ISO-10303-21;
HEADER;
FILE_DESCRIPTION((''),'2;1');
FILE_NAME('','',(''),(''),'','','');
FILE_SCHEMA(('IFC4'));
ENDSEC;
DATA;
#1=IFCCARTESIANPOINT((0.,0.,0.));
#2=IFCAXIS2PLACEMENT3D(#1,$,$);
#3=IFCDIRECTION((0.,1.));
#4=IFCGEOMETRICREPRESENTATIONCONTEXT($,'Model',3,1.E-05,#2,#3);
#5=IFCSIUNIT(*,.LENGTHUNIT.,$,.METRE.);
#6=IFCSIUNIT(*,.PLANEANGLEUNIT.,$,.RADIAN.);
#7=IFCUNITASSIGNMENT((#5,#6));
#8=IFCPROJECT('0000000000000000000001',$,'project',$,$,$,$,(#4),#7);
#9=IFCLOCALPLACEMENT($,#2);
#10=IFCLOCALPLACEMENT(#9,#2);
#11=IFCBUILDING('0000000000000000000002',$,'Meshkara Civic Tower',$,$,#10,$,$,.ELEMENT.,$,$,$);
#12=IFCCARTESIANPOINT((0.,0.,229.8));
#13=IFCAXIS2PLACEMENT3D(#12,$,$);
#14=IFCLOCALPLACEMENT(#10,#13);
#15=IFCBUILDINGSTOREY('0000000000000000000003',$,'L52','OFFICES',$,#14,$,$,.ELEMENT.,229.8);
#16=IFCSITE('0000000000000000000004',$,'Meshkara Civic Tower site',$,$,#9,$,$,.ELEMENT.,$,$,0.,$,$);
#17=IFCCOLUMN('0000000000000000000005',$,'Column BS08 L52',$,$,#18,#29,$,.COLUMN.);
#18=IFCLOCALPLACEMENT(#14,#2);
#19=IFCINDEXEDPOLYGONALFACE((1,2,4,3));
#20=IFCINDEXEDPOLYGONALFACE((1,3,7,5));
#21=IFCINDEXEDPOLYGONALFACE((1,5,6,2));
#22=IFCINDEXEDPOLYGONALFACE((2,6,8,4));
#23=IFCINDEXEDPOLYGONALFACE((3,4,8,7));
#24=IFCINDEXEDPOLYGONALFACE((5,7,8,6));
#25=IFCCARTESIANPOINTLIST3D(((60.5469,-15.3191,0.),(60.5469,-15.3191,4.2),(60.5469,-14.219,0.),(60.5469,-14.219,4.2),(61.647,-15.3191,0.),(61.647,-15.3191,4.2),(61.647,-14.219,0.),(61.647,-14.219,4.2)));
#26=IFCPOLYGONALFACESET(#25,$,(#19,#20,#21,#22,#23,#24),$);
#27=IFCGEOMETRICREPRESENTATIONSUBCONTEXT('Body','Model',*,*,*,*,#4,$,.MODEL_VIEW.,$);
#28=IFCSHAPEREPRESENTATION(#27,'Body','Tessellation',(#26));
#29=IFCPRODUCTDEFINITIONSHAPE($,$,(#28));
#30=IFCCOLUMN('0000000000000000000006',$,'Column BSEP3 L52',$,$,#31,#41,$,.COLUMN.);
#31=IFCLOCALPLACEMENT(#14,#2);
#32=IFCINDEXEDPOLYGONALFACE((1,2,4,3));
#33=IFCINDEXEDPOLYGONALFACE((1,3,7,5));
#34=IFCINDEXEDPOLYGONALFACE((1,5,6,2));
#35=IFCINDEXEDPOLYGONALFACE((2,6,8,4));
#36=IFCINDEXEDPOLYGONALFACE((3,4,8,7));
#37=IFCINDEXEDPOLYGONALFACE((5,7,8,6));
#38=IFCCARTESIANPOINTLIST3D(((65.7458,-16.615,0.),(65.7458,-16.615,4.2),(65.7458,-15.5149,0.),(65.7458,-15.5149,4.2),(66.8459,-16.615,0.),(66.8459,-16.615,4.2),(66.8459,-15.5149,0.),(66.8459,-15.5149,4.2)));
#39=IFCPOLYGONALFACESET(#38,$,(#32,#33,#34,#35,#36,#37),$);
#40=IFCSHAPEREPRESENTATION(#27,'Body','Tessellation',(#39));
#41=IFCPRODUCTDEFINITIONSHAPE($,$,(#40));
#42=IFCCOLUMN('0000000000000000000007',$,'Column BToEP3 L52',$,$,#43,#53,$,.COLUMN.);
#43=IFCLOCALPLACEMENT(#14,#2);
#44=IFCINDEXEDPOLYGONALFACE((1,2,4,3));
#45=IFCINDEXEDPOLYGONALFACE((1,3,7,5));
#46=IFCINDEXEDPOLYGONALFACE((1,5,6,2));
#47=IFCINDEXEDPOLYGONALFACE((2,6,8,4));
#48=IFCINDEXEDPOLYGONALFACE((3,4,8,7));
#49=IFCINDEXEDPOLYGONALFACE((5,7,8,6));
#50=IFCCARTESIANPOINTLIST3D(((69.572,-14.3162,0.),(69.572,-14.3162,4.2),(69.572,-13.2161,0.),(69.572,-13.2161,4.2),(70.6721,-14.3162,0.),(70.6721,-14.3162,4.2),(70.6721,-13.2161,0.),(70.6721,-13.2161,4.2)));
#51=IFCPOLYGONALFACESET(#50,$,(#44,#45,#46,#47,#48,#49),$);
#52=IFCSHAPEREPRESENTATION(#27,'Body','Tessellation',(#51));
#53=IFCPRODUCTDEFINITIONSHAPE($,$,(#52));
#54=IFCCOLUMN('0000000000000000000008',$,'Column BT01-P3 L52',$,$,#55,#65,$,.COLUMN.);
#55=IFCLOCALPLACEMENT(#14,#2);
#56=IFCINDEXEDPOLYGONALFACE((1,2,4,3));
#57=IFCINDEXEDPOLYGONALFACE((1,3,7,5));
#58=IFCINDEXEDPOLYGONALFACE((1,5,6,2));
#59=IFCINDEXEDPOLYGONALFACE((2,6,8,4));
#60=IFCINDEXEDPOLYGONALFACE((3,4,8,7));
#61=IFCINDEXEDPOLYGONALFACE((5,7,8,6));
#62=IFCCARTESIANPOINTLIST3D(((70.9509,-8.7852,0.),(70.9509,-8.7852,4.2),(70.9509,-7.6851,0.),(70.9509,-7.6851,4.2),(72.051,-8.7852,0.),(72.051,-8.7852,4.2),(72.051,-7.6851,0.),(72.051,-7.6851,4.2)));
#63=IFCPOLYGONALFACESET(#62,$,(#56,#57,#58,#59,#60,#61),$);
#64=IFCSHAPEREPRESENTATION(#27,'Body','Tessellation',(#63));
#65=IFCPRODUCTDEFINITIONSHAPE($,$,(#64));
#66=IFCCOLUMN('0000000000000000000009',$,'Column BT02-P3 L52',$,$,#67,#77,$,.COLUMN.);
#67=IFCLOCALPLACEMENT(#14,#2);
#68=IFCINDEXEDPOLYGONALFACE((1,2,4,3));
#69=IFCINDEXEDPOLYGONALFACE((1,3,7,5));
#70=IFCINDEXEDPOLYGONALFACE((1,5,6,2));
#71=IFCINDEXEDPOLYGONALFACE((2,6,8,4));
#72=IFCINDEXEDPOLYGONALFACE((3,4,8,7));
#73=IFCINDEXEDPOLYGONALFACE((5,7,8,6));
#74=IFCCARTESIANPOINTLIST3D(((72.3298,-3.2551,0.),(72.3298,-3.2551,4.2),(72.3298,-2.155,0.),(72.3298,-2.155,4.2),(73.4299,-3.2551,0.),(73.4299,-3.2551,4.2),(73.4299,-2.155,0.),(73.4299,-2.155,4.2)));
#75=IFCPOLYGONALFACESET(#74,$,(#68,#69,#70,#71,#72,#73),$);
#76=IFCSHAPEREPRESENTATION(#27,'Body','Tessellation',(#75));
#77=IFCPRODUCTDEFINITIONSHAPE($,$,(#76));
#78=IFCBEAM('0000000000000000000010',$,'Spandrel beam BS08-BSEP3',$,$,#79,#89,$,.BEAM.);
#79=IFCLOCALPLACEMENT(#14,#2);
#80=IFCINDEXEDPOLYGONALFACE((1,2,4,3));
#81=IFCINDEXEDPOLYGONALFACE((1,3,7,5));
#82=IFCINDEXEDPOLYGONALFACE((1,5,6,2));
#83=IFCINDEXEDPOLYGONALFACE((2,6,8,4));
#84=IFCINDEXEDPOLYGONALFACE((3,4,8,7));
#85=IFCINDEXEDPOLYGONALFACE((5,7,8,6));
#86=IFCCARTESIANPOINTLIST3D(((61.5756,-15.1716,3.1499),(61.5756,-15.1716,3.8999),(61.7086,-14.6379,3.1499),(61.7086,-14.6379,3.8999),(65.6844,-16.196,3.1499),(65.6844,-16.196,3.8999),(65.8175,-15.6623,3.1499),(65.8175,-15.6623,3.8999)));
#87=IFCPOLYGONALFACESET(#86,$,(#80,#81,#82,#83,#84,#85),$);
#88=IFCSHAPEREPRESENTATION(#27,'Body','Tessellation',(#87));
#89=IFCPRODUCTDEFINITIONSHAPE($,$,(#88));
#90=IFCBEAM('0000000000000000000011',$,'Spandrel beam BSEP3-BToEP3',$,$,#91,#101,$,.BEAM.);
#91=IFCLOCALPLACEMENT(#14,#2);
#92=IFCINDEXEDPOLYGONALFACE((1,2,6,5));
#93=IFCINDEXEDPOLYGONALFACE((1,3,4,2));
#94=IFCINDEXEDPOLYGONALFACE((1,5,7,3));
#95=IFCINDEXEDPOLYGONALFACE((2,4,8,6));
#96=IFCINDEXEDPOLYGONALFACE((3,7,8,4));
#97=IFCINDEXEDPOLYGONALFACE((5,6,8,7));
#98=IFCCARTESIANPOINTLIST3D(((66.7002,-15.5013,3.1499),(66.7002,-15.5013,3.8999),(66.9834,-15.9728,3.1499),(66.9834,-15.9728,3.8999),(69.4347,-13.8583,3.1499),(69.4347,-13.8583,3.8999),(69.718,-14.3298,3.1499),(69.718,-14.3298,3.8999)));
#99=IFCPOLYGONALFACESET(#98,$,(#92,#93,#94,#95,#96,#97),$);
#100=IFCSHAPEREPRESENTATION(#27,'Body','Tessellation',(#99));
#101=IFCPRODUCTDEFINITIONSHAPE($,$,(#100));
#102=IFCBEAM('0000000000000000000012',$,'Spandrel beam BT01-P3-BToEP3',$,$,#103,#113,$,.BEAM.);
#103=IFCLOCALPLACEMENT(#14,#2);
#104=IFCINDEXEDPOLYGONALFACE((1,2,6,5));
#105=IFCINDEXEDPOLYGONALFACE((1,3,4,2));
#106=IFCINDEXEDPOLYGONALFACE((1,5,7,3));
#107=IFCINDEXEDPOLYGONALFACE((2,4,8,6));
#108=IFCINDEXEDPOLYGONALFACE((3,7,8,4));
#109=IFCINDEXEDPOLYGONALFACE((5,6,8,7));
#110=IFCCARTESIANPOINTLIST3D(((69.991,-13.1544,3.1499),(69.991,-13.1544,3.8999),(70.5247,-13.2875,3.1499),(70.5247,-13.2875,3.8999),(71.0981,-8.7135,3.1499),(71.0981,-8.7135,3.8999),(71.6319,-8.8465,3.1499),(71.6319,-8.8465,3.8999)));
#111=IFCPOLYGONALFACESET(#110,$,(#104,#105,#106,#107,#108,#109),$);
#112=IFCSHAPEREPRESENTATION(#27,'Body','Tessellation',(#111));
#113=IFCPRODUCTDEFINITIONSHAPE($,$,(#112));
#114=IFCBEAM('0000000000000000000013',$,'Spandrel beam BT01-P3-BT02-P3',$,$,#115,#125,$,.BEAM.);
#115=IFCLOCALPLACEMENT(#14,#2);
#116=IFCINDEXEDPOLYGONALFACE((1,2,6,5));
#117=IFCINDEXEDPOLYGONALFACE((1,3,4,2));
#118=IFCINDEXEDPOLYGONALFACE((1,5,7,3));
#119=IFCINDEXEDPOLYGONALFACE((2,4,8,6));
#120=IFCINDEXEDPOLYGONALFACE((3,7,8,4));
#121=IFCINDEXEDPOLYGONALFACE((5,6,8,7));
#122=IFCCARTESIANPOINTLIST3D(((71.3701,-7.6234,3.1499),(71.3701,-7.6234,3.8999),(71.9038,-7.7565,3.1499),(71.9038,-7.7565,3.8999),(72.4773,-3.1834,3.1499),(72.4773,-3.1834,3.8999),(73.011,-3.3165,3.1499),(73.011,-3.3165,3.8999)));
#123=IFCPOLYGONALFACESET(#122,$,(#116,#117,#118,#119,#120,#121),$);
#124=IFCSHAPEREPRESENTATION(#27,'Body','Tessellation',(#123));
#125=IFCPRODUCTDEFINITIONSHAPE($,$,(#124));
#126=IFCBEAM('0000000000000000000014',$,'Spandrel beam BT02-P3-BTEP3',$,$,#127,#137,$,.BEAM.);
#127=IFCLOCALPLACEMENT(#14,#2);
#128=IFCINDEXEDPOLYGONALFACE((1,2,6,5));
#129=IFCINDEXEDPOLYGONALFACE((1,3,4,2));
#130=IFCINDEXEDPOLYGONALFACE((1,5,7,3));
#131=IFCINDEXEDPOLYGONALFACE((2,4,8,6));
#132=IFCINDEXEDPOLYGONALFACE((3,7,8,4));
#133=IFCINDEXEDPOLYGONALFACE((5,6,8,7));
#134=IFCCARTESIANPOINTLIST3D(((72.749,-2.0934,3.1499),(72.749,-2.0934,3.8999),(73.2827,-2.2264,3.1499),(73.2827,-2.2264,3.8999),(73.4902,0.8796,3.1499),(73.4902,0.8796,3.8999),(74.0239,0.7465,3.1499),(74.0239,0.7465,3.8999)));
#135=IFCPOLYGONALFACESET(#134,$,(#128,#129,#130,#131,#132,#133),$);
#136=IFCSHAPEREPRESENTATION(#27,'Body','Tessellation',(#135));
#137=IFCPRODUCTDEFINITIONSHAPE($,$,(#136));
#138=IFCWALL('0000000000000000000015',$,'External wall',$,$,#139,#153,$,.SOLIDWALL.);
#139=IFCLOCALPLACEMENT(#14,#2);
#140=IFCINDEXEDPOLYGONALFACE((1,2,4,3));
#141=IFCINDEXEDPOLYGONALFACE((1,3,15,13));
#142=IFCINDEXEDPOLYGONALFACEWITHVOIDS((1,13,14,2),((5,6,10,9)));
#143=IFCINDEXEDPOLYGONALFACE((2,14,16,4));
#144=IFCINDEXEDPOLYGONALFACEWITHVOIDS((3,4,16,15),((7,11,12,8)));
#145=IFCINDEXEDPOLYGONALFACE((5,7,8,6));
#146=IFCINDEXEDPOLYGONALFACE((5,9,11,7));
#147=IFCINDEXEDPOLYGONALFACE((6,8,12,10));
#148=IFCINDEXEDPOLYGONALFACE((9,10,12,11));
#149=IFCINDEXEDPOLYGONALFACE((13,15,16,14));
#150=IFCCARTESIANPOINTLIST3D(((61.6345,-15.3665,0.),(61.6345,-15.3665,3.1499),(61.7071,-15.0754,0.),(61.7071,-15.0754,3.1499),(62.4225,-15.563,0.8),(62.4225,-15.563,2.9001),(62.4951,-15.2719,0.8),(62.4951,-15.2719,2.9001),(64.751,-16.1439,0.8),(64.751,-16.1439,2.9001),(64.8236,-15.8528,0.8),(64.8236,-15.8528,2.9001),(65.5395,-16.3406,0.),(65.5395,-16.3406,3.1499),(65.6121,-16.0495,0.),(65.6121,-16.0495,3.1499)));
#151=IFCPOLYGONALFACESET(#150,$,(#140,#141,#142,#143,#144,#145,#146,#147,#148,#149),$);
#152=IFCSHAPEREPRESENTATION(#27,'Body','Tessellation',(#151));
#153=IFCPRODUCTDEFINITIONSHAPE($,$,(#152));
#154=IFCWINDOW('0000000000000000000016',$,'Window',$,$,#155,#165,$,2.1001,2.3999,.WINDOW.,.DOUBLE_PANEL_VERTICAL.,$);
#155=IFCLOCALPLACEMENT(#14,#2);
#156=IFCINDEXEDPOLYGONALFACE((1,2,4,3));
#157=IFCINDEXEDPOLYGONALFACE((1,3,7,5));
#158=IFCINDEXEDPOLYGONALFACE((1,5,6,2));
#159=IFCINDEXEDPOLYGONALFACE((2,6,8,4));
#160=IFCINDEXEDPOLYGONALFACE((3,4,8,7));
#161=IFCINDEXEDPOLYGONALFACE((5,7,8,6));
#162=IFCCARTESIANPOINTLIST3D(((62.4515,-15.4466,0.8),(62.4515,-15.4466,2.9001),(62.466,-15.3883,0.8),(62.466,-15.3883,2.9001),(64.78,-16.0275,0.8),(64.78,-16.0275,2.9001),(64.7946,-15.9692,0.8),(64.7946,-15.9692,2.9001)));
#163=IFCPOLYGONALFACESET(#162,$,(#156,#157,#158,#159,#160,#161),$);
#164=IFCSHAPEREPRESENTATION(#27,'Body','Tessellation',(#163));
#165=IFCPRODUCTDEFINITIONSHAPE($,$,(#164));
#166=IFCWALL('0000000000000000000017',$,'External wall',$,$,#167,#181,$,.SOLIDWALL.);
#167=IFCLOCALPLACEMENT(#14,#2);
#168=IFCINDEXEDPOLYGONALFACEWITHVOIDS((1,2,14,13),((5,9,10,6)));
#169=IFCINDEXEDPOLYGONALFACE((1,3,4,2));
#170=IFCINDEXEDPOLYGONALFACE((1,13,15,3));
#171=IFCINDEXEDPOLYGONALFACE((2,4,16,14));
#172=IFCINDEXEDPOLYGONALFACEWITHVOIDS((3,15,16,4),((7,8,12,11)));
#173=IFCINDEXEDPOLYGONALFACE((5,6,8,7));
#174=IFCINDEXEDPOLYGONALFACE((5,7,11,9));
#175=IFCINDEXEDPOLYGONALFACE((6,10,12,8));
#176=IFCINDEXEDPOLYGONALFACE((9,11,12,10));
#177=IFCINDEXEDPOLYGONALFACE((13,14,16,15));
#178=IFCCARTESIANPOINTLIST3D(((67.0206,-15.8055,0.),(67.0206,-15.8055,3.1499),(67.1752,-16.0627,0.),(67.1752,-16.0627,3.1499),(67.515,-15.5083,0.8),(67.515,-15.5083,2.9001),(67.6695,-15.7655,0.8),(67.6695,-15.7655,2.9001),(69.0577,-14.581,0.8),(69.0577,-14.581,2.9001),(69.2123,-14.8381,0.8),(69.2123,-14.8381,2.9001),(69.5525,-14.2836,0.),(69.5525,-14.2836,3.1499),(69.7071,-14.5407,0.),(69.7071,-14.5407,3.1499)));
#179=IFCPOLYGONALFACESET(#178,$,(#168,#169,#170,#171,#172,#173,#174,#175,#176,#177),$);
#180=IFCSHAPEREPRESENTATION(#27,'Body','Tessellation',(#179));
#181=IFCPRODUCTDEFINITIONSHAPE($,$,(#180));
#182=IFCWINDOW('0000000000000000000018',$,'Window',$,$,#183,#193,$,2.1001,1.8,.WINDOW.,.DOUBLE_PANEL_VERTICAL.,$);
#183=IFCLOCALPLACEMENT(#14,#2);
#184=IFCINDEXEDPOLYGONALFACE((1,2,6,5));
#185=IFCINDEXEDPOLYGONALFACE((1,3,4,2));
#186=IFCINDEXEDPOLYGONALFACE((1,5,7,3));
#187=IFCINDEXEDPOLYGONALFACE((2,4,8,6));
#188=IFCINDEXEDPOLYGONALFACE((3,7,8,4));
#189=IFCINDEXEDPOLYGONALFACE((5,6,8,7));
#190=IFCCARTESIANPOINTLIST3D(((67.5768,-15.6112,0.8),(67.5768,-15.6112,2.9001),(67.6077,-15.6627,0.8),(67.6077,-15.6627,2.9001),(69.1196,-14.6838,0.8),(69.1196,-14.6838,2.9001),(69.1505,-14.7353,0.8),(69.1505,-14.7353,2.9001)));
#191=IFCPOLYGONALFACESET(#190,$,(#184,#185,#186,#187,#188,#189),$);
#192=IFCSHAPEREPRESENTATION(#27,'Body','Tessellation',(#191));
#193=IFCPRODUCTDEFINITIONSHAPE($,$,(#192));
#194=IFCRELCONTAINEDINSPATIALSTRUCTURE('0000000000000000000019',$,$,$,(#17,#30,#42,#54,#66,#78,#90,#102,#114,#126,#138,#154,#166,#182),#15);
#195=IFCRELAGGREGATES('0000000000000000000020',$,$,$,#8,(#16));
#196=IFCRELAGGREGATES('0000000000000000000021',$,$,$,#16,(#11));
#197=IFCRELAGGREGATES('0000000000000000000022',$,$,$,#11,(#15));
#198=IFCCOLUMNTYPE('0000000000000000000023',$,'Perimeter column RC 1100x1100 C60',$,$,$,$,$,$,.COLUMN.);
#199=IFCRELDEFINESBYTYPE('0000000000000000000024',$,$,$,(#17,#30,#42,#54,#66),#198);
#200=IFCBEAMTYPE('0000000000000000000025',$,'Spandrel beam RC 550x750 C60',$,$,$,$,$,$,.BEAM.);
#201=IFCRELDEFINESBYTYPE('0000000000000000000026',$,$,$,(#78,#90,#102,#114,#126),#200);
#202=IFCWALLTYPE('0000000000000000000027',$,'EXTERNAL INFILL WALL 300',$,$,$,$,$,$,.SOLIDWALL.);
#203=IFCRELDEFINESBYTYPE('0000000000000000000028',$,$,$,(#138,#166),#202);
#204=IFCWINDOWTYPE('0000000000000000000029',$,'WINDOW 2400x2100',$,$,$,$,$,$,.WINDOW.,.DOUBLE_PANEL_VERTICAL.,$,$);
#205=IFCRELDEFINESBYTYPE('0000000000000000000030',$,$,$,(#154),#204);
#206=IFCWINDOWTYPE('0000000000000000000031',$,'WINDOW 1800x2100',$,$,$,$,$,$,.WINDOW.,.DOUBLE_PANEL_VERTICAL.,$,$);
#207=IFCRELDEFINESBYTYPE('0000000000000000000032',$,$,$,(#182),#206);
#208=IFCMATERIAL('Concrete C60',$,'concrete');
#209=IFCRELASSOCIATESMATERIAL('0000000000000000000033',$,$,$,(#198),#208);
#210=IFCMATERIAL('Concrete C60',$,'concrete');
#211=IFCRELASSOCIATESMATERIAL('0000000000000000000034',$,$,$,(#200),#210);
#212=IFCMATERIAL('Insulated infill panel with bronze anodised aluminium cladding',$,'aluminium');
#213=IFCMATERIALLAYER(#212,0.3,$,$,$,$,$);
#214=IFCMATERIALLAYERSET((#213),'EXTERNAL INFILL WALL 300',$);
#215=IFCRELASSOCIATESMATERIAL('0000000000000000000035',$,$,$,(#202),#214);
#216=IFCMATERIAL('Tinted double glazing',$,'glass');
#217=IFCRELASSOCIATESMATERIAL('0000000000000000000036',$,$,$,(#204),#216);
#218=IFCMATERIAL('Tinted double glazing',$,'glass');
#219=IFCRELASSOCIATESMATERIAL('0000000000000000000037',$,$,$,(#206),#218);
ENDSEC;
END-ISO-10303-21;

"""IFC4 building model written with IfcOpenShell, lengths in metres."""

from ifc_helpers import new_model, si_unit, direction, frame, frame_2d, origin, origin_2d, place, context, subcontext, project, spatial, rectangle, extrude, material, layer, layer_set, material_profile, profile_set, type_object, element, fill, save


model = new_model("IFC4")

# Units and contexts
model_context = context("Model", 3, precision=1e-05, world=origin(), true_north=direction((0.0, 1.0)))
body_context = subcontext(model_context, "Body", "Model", "MODEL_VIEW")
ifc_project = project(units=[si_unit("LENGTHUNIT", "METRE"), si_unit("PLANEANGLEUNIT", "RADIAN")], contexts=[model_context])

# Site, building, storey
site_placement = place(None, origin())
site = spatial("IfcSite", under=ifc_project, at=site_placement, Name="Meshkara Civic Tower site", CompositionType="ELEMENT", RefElevation=0.0)
building_placement = place(site_placement, origin())
building = spatial("IfcBuilding", under=site, at=building_placement, Name="Meshkara Civic Tower", CompositionType="ELEMENT")
storey_placement = place(building_placement, frame((0.0, 0.0, 229.8)))
storey = spatial("IfcBuildingStorey", under=building, at=storey_placement, Name="L52", Description="OFFICES", CompositionType="ELEMENT", Elevation=229.8)

# Columns
ifc_material_1 = material(Name="Concrete C60", Category="concrete")
ifc_material_profile_1 = material_profile(ifc_material_1, rectangle(XDim=1.1001, YDim=1.1001, at=origin_2d()))
ifc_profile_set_1 = profile_set([ifc_material_profile_1], Name="Concrete C60")
column_type = type_object("IfcColumnType", Name="Perimeter column RC 1100x1100 C60", PredefinedType="COLUMN", material=ifc_profile_set_1)
for number, where, z_axis, x_axis, name in (
    (1, (61.0969, -14.769, 0.0), (0.0, 0.0, 1.0), (1.0, 0.0, 0.0), "Column BS08 L52"),
    (2, (66.2959, -16.0649, 0.0), (0.0, 0.0, 1.0), (1.0, 0.0, 0.0), "Column BSEP3 L52"),
    (3, (70.1221, -13.7661, 0.0), (0.0, 0.0, 1.0), (1.0, 0.0, 0.0), "Column BToEP3 L52"),
    (4, (71.501, -8.2351, 0.0), (0.0, 0.0, 1.0), (1.0, 0.0, 0.0), "Column BT01-P3 L52"),
    (5, (72.8799, -2.7051, 0.0), (0.0, 0.0, 1.0), (1.0, 0.0, 0.0), "Column BT02-P3 L52"),
):
    element("IfcColumn", number, at=place(storey_placement, frame(where, z_axis=z_axis, x_axis=x_axis)), inside=storey, type_object=column_type, Name=name, PredefinedType="COLUMN", context=body_context, shape_type="SweptSolid", body=[
        extrude(rectangle(XDim=1.1001, YDim=1.1001, at=origin_2d()), origin(), (0.0, 0.0, 1.0), 4.2),
    ])

# Beams
ifc_material_2 = material(Name="Concrete C60", Category="concrete")
ifc_material_profile_2 = material_profile(ifc_material_2, rectangle(XDim=0.55, YDim=0.75, at=origin_2d()))
ifc_profile_set_2 = profile_set([ifc_material_profile_2], Name="Concrete C60")
beam_type = type_object("IfcBeamType", Name="Spandrel beam RC 550x750 C60", PredefinedType="BEAM", material=ifc_profile_set_2)
beam_1_placement = place(storey_placement, frame((61.6421, -14.9048, 3.5249), z_axis=(0.970298, -0.241912, 0.0), x_axis=(0.241912, 0.970298, 0.0)))
element("IfcBeam", 6, at=beam_1_placement, inside=storey, type_object=beam_type, Name="Spandrel beam BS08-BSEP3", PredefinedType="BEAM", context=body_context, shape_type="SweptSolid", body=[
    extrude(rectangle(XDim=0.55, YDim=0.75, at=origin_2d()), origin(), (0.0, 0.0, 1.0), 4.2346),
])
beam_2_placement = place(storey_placement, frame((66.8418, -15.7371, 3.5249), z_axis=(0.857175, 0.515025, 0.0), x_axis=(-0.515025, 0.857175, 0.0)))
element("IfcBeam", 7, at=beam_2_placement, inside=storey, type_object=beam_type, Name="Spandrel beam BSEP3-BToEP3", PredefinedType="BEAM", context=body_context, shape_type="SweptSolid", body=[
    extrude(rectangle(XDim=0.55, YDim=0.75, at=origin_2d()), origin(), (0.0, 0.0, 1.0), 3.1902),
])
beam_3_placement = place(storey_placement, frame((70.2578, -13.2209, 3.5249), z_axis=(0.241908, 0.970299, 0.0), x_axis=(-0.970299, 0.241908, 0.0)))
element("IfcBeam", 8, at=beam_3_placement, inside=storey, type_object=beam_type, Name="Spandrel beam BT01-P3-BToEP3", PredefinedType="BEAM", context=body_context, shape_type="SweptSolid", body=[
    extrude(rectangle(XDim=0.55, YDim=0.75, at=origin_2d()), origin(), (0.0, 0.0, 1.0), 4.5769),
])
beam_4_placement = place(storey_placement, frame((71.637, -7.6899, 3.5249), z_axis=(0.241958, 0.970287, 0.0), x_axis=(-0.970287, 0.241958, 0.0)))
element("IfcBeam", 9, at=beam_4_placement, inside=storey, type_object=beam_type, Name="Spandrel beam BT01-P3-BT02-P3", PredefinedType="BEAM", context=body_context, shape_type="SweptSolid", body=[
    extrude(rectangle(XDim=0.55, YDim=0.75, at=origin_2d()), origin(), (0.0, 0.0, 1.0), 4.5759),
])
beam_5_placement = place(storey_placement, frame((73.0159, -2.1599, 3.5249), z_axis=(0.241917, 0.970297, 0.0), x_axis=(-0.970297, 0.241917, 0.0)))
element("IfcBeam", 10, at=beam_5_placement, inside=storey, type_object=beam_type, Name="Spandrel beam BT02-P3-BTEP3", PredefinedType="BEAM", context=body_context, shape_type="SweptSolid", body=[
    extrude(rectangle(XDim=0.55, YDim=0.75, at=origin_2d()), origin(), (0.0, 0.0, 1.0), 3.064),
])

# Walls, openings, windows
ifc_material_3 = material(Name="Insulated infill panel with bronze anodised aluminium cladding", Category="aluminium")
ifc_layer_1 = layer(ifc_material_3, 0.3)
ifc_layer_set_1 = layer_set([ifc_layer_1], Name="EXTERNAL INFILL WALL 300")
wall_type_1 = type_object("IfcWallType", Name="EXTERNAL INFILL WALL 300", PredefinedType="SOLIDWALL", material=ifc_layer_set_1)
wall_1_placement = place(storey_placement, frame((61.6709, -15.2209, 0.0), z_axis=(0.0, 0.0, 1.0), x_axis=(0.970267, -0.242036, 0.0)))
wall_1 = element("IfcWall", 11, at=wall_1_placement, inside=storey, type_object=wall_type_1, Name="External wall", PredefinedType="SOLIDWALL", context=body_context, shape_type="SweptSolid", body=[
    extrude(rectangle(XDim=4.0247, YDim=0.3, at=frame_2d((2.0122, 0.0))), origin(), (0.0, 0.0, 1.0), 3.1499),
])
opening_1_placement = place(wall_1_placement, frame((0.812, 0.0, 0.8)))
opening_1 = element("IfcOpeningElement", 12, at=opening_1_placement, cuts=wall_1, PredefinedType="OPENING", context=body_context, shape_type="SweptSolid", body=[
    extrude(rectangle(XDim=2.3999, YDim=2.1001, at=frame_2d((1.2, 1.05))), frame((0.0, 0.1599, 0.0), z_axis=(0.0, -1.0, 0.0), x_axis=(1.0, 0.0, 0.0)), (0.0, 0.0, 1.0), 0.3201),
])
ifc_material_4 = material(Name="Tinted double glazing", Category="glass")
window_type_1 = type_object("IfcWindowType", Name="WINDOW 2400x2100", PartitioningType="DOUBLE_PANEL_VERTICAL", PredefinedType="WINDOW", material=ifc_material_4)
window_1_placement = place(opening_1_placement, origin())
window_1 = element("IfcWindow", 13, at=window_1_placement, inside=storey, type_object=window_type_1, Name="Window", OverallHeight=2.1001, OverallWidth=2.3999, PartitioningType="DOUBLE_PANEL_VERTICAL", PredefinedType="WINDOW", context=body_context, shape_type="SweptSolid", body=[
    extrude(rectangle(XDim=2.3999, YDim=2.1001, at=frame_2d((1.2, 1.05))), frame((0.0, 0.03, 0.0), z_axis=(0.0, -1.0, 0.0), x_axis=(1.0, 0.0, 0.0)), (0.0, 0.0, 1.0), 0.0601),
])
fill(opening_1, window_1)
wall_2_placement = place(storey_placement, frame((67.0979, -15.9341, 0.0), z_axis=(0.0, 0.0, 1.0), x_axis=(0.857077, 0.515188, 0.0)))
wall_2 = element("IfcWall", 14, at=wall_2_placement, inside=storey, type_object=wall_type_1, Name="External wall", PredefinedType="SOLIDWALL", context=body_context, shape_type="SweptSolid", body=[
    extrude(rectangle(XDim=2.9541, YDim=0.3, at=frame_2d((1.4771, 0.0))), origin(), (0.0, 0.0, 1.0), 3.1499),
])
opening_2_placement = place(wall_2_placement, frame((0.5769, 0.0, 0.8)))
opening_2 = element("IfcOpeningElement", 15, at=opening_2_placement, cuts=wall_2, PredefinedType="OPENING", context=body_context, shape_type="SweptSolid", body=[
    extrude(rectangle(XDim=1.8, YDim=2.1001, at=frame_2d((0.8999, 1.05))), frame((0.0, 0.1599, 0.0), z_axis=(0.0, -1.0, 0.0), x_axis=(1.0, 0.0, 0.0)), (0.0, 0.0, 1.0), 0.3201),
])
ifc_material_5 = material(Name="Tinted double glazing", Category="glass")
window_type_2 = type_object("IfcWindowType", Name="WINDOW 1800x2100", PartitioningType="DOUBLE_PANEL_VERTICAL", PredefinedType="WINDOW", material=ifc_material_5)
window_2_placement = place(opening_2_placement, origin())
window_2 = element("IfcWindow", 16, at=window_2_placement, inside=storey, type_object=window_type_2, Name="Window", OverallHeight=2.1001, OverallWidth=1.8, PartitioningType="DOUBLE_PANEL_VERTICAL", PredefinedType="WINDOW", context=body_context, shape_type="SweptSolid", body=[
    extrude(rectangle(XDim=1.8, YDim=2.1001, at=frame_2d((0.8999, 1.05))), frame((0.0, 0.03, 0.0), z_axis=(0.0, -1.0, 0.0), x_axis=(1.0, 0.0, 0.0)), (0.0, 0.0, 1.0), 0.0601),
])
fill(opening_2, window_2)

save(model, "model.ifc")
